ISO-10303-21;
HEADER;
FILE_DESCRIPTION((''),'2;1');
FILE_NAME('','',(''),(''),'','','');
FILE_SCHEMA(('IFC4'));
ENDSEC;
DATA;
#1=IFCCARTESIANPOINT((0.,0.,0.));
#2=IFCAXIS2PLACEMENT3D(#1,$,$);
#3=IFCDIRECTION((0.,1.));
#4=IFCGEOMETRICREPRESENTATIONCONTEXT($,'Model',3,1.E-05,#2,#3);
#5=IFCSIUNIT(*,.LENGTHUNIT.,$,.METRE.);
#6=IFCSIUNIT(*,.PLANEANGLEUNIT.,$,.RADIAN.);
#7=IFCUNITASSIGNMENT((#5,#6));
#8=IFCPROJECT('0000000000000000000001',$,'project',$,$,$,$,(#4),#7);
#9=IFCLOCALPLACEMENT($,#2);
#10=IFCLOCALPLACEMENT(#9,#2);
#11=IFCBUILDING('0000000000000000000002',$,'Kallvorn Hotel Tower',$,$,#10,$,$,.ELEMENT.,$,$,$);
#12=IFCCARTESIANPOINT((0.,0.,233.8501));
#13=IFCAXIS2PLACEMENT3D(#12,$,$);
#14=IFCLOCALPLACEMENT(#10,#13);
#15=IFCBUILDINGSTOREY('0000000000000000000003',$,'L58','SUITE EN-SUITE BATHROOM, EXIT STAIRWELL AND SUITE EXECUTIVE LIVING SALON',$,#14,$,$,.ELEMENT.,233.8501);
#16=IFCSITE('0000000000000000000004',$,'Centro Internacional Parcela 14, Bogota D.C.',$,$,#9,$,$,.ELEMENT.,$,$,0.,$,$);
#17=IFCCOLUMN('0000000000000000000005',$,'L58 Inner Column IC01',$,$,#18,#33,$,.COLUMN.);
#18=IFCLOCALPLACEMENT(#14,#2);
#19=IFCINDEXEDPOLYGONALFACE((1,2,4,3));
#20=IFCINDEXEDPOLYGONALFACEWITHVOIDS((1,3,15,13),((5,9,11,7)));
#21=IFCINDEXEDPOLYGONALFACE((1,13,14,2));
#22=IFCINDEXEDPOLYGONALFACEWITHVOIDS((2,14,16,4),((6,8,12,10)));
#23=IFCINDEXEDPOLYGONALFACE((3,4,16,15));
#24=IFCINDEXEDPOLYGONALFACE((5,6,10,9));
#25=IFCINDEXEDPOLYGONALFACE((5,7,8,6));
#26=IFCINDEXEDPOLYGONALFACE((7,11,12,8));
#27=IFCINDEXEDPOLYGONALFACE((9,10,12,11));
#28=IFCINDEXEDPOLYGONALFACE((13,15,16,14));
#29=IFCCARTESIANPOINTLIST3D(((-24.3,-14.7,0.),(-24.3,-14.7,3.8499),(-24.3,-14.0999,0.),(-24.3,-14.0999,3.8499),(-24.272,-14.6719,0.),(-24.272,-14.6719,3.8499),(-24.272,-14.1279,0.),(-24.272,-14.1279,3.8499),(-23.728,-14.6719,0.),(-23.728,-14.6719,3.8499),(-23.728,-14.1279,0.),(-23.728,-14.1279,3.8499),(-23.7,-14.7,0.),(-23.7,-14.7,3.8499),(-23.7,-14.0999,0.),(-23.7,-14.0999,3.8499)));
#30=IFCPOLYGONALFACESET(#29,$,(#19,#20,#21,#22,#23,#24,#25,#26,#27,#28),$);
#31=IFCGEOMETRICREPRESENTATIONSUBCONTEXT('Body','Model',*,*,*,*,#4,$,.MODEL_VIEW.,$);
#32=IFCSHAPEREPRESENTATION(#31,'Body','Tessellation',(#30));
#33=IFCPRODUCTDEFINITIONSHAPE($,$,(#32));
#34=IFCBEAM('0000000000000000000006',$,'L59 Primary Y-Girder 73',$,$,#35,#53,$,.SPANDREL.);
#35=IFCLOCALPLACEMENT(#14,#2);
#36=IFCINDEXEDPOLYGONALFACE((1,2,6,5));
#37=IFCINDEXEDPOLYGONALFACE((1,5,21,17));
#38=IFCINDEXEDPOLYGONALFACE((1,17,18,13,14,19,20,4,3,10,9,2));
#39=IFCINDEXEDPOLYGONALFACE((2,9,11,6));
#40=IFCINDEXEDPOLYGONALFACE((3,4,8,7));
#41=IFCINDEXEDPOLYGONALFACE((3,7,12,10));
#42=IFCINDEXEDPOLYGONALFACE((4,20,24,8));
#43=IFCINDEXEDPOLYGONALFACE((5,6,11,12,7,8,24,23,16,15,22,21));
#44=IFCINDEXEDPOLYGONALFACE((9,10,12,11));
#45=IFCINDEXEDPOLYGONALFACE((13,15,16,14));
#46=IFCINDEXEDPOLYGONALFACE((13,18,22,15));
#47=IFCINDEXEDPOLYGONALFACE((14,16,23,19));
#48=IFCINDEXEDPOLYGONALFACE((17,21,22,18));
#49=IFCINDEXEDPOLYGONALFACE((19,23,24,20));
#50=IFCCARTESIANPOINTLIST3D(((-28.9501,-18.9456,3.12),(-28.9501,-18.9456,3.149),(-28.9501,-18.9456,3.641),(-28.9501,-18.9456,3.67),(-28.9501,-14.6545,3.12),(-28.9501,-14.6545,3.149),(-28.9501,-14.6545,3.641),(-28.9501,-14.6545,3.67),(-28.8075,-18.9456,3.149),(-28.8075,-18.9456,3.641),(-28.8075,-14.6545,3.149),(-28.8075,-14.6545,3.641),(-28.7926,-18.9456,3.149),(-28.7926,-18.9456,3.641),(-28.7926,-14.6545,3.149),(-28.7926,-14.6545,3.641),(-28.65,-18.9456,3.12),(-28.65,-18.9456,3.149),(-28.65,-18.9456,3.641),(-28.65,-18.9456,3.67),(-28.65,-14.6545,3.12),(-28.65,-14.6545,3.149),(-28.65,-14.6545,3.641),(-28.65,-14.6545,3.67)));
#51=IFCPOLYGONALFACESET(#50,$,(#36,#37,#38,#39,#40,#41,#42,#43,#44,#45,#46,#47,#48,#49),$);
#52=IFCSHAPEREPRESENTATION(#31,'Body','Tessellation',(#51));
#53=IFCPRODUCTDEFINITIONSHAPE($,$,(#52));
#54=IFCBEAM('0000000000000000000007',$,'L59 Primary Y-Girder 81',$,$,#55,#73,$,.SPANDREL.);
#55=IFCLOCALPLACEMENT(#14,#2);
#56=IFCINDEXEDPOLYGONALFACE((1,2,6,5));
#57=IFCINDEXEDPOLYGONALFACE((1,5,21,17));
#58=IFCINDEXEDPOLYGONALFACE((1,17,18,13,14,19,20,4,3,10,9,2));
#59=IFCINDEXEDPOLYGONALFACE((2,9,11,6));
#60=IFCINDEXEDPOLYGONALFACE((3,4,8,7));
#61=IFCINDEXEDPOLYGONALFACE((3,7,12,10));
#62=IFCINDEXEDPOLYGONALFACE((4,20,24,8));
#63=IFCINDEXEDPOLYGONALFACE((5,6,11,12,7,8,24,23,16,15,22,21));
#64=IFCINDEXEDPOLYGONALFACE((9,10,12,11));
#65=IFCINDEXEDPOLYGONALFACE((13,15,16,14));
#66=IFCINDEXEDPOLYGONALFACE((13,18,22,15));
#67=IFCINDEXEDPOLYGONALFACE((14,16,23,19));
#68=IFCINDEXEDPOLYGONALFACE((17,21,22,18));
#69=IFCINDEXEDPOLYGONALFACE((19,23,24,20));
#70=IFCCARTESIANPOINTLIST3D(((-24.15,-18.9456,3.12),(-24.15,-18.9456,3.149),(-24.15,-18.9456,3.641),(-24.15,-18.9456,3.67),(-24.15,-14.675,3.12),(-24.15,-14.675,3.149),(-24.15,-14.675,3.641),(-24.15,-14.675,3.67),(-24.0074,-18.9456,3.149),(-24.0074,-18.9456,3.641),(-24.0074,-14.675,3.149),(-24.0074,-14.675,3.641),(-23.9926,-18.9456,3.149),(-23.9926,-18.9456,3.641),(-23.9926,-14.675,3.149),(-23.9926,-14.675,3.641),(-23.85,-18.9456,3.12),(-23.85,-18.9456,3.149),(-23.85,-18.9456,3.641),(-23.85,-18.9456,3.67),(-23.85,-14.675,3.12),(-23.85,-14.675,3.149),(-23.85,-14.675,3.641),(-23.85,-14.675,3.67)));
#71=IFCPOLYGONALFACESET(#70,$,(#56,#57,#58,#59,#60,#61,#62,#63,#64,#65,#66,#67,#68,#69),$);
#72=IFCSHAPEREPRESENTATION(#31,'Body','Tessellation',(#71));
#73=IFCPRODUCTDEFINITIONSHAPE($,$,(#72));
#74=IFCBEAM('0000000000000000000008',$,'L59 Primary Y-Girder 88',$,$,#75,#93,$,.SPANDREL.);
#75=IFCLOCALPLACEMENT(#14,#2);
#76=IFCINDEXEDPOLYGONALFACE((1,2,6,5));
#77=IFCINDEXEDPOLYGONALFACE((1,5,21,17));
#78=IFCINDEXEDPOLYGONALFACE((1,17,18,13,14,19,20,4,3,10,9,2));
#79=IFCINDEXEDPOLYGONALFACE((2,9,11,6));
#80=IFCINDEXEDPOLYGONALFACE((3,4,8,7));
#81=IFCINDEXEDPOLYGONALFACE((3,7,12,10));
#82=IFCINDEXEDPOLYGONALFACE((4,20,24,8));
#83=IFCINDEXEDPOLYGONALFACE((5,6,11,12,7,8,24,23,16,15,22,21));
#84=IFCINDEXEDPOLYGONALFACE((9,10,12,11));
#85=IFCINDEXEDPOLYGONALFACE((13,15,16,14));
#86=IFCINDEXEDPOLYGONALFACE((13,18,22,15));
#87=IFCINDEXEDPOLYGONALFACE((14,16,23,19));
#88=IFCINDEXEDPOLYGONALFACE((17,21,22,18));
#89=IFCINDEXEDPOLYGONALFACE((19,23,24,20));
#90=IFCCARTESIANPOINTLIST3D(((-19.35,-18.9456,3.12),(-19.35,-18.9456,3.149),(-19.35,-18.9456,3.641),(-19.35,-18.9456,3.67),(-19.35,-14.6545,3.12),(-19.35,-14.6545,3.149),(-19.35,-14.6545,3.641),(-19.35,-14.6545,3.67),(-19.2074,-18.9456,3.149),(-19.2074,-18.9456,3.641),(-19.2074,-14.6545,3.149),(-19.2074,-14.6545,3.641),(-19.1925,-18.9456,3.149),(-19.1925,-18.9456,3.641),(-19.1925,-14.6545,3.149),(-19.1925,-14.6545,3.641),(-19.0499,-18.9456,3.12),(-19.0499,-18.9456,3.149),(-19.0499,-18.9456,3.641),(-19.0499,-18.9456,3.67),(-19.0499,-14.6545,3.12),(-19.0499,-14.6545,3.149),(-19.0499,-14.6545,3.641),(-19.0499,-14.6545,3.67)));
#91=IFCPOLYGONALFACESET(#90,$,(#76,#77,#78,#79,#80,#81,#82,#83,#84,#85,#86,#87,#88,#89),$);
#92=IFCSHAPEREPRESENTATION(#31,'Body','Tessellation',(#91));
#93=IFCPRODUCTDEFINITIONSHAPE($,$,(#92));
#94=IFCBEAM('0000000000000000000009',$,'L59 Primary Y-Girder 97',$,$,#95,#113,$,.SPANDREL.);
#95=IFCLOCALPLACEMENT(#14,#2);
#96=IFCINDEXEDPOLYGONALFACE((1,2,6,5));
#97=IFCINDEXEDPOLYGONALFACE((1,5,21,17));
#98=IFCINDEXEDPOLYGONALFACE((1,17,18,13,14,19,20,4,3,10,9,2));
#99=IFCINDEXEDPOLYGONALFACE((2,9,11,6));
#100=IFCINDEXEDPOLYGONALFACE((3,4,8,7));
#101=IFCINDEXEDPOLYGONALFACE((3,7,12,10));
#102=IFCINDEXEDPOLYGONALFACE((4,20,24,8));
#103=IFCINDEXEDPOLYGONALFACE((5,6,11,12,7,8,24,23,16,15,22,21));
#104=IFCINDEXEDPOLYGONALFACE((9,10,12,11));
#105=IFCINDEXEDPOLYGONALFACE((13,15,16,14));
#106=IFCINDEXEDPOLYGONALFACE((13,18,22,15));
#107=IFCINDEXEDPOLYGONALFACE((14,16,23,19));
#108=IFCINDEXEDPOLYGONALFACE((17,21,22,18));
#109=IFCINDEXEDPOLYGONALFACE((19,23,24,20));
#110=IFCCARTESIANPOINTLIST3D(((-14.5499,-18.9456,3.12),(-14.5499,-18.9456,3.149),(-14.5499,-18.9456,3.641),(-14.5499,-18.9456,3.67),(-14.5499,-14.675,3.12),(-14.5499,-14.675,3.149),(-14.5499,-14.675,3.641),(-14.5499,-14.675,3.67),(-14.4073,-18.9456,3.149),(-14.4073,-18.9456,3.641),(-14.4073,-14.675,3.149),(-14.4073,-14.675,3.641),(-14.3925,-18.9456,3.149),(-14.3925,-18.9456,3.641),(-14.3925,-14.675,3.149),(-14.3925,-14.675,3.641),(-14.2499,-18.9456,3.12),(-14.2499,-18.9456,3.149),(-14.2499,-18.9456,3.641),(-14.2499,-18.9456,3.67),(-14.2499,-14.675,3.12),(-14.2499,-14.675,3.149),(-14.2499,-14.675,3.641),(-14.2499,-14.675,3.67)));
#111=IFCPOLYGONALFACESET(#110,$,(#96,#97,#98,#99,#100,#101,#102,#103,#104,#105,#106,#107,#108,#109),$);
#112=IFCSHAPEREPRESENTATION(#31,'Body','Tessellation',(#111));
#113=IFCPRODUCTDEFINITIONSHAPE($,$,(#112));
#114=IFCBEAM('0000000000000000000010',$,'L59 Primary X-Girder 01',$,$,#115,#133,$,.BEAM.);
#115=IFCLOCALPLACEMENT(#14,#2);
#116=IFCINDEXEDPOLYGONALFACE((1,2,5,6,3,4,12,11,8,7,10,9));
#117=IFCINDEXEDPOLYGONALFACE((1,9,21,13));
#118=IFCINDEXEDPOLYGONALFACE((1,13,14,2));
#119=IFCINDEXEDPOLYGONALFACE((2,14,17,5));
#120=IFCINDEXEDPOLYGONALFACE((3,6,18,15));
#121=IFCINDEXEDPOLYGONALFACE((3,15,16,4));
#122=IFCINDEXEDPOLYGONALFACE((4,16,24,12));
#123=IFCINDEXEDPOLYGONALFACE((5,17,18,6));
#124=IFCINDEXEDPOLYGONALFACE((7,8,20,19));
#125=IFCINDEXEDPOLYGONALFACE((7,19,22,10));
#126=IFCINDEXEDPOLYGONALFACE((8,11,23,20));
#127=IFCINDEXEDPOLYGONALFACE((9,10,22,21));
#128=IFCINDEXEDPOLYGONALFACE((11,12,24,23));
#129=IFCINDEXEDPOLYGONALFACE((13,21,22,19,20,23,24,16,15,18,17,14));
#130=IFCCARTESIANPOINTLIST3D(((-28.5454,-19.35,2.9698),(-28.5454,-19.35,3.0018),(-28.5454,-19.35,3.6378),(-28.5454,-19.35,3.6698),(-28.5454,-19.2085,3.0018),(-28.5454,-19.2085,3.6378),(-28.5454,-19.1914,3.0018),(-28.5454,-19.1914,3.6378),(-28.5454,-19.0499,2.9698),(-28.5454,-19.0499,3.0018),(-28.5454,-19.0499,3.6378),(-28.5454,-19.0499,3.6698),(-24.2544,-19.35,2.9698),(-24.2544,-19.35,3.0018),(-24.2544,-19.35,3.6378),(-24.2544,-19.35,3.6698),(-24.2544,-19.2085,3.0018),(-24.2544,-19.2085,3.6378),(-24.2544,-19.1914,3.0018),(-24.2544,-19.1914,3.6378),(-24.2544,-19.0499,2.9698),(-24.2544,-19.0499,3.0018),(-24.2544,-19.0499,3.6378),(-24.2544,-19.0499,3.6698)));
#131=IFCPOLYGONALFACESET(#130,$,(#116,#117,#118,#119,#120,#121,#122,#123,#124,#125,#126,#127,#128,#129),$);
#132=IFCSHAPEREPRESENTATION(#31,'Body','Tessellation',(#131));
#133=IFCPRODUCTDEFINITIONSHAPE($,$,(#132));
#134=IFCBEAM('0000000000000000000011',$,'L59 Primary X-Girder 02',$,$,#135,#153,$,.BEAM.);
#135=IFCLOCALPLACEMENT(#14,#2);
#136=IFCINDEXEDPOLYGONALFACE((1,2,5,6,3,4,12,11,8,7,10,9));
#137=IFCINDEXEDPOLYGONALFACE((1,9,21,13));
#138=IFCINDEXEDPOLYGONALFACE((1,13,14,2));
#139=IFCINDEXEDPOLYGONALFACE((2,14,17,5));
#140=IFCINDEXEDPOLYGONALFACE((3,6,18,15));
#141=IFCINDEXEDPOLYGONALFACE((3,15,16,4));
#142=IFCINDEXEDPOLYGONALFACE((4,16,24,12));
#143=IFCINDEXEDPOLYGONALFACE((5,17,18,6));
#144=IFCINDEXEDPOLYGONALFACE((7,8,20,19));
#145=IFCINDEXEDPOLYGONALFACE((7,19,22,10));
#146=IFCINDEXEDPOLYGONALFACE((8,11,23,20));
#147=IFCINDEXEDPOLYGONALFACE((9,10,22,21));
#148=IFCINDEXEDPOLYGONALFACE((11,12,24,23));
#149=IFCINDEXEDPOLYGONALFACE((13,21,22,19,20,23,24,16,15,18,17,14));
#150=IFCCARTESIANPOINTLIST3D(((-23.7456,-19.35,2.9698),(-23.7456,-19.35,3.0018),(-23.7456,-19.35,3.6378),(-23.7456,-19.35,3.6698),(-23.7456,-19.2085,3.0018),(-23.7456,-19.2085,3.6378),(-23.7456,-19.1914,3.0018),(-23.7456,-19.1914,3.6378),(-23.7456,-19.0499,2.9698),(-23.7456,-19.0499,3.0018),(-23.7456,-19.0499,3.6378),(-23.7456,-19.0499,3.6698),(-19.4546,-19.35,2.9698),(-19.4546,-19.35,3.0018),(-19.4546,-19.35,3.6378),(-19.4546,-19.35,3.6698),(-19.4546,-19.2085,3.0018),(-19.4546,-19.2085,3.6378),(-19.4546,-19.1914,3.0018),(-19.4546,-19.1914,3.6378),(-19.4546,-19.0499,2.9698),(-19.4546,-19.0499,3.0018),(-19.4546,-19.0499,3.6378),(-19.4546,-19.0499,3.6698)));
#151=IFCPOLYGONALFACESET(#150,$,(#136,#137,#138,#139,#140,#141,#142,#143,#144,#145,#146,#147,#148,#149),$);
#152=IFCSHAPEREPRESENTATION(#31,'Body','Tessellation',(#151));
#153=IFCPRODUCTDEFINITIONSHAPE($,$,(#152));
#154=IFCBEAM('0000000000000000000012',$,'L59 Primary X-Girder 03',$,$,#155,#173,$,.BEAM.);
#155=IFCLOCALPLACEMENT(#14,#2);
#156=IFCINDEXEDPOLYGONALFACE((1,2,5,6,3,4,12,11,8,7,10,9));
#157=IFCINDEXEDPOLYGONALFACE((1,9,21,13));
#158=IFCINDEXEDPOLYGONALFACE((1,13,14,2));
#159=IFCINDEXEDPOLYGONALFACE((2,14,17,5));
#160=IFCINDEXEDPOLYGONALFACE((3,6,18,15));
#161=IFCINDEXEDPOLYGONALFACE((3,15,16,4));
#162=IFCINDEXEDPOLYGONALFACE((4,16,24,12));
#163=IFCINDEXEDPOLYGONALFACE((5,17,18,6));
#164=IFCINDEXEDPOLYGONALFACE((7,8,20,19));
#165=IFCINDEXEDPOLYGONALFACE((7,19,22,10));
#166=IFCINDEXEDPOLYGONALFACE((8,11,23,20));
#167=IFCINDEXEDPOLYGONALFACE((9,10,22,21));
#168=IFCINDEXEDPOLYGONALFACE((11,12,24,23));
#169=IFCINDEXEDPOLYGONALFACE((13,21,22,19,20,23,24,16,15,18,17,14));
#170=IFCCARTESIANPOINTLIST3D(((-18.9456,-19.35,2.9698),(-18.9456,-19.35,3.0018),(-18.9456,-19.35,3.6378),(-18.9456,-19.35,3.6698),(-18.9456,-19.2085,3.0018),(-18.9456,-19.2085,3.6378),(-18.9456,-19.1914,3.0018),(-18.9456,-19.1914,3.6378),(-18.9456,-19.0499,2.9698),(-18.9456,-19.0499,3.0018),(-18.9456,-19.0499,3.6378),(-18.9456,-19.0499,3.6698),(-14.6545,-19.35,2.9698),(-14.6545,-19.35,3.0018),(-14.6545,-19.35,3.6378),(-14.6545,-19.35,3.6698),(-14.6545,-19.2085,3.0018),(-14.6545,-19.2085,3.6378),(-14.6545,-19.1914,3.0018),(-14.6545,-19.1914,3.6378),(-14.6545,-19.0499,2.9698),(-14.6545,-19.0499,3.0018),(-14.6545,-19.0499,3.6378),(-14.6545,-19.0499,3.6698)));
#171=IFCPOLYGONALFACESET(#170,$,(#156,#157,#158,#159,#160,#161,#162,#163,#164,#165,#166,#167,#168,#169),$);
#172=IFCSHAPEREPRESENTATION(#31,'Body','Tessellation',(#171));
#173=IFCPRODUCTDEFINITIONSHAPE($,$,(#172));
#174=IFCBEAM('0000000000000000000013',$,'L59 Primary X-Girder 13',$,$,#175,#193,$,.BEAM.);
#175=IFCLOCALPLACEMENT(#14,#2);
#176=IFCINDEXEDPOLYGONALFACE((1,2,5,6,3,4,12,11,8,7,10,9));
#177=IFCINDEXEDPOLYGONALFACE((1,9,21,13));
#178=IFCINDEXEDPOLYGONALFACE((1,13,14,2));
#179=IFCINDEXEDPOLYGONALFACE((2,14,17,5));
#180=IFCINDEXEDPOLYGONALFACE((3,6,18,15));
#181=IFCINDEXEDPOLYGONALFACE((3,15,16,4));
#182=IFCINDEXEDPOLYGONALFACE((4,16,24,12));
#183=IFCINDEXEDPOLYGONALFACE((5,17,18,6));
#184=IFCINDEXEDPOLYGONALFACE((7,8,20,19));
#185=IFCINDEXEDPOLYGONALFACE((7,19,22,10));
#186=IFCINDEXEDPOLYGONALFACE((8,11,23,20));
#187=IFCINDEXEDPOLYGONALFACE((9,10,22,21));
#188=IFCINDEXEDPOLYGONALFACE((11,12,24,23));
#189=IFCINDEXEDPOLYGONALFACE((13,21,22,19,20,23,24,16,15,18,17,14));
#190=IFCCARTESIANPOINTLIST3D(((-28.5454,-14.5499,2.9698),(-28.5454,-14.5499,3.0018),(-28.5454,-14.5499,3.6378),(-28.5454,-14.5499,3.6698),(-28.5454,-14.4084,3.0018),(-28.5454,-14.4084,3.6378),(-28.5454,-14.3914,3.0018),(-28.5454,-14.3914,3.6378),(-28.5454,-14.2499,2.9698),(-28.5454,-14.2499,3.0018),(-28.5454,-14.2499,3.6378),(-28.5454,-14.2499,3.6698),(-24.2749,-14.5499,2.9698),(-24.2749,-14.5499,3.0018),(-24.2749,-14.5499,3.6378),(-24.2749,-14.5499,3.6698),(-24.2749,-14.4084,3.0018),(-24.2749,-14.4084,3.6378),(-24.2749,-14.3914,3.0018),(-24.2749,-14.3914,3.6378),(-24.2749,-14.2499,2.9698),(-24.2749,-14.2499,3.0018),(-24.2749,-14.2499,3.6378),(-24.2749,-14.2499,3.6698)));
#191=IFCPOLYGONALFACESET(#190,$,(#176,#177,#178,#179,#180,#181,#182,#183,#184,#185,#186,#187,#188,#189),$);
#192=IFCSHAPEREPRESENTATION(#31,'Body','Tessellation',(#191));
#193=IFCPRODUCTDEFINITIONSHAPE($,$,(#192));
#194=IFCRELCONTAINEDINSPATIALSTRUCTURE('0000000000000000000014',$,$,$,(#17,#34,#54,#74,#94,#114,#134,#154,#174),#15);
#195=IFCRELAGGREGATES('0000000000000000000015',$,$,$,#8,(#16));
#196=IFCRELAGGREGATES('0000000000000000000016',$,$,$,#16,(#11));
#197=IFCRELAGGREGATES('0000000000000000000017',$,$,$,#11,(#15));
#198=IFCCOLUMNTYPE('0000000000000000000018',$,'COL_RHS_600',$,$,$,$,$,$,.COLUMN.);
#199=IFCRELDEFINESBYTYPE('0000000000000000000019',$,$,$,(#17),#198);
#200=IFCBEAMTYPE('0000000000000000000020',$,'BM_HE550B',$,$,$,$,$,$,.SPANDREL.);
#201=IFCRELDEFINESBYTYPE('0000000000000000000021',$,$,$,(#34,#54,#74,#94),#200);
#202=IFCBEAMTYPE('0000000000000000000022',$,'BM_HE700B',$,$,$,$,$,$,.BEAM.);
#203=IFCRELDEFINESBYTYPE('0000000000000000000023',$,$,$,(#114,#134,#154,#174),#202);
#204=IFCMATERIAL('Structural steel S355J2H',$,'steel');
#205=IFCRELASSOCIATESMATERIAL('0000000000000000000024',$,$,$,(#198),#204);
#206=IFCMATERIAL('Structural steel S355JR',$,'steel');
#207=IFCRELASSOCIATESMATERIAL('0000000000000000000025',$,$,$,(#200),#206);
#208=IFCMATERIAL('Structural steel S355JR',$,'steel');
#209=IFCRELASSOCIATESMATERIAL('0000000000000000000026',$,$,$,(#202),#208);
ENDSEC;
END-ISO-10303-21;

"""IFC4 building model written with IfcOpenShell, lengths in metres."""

from ifc_helpers import new_model, si_unit, direction, frame, origin, origin_2d, place, context, subcontext, project, spatial, hollow_rectangle, i_section, extrude, material, material_profile, profile_set, type_object, element, save


model = new_model("IFC4")

# Units and contexts
model_context = context("Model", 3, precision=1e-05, world=origin(), true_north=direction((0.0, 1.0)))
body_context = subcontext(model_context, "Body", "Model", "MODEL_VIEW")
ifc_project = project(units=[si_unit("LENGTHUNIT", "METRE"), si_unit("PLANEANGLEUNIT", "RADIAN")], contexts=[model_context])

# Site, building, storey
site_placement = place(None, origin())
site = spatial("IfcSite", under=ifc_project, at=site_placement, Name="Centro Internacional Parcela 14, Bogota D.C.", CompositionType="ELEMENT", RefElevation=0.0)
building_placement = place(site_placement, origin())
building = spatial("IfcBuilding", under=site, at=building_placement, Name="Kallvorn Hotel Tower", CompositionType="ELEMENT")
storey_placement = place(building_placement, frame((0.0, 0.0, 233.8501)))
storey = spatial("IfcBuildingStorey", under=building, at=storey_placement, Name="L58", Description="SUITE EN-SUITE BATHROOM, EXIT STAIRWELL AND SUITE EXECUTIVE LIVING SALON", CompositionType="ELEMENT", Elevation=233.8501)

# Column
ifc_material_1 = material(Name="Structural steel S355J2H", Category="steel")
ifc_material_profile_1 = material_profile(ifc_material_1, hollow_rectangle(XDim=0.6001, YDim=0.6001, WallThickness=0.0281, at=origin_2d()), Name="RHS 600x600x28")
ifc_profile_set_1 = profile_set([ifc_material_profile_1], Name="Structural steel S355J2H")
column_type_1 = type_object("IfcColumnType", Name="COL_RHS_600", PredefinedType="COLUMN", material=ifc_profile_set_1)
column_placement = place(storey_placement, frame((-24.0, -14.3999, 0.0), z_axis=(0.0, 0.0, 1.0), x_axis=(1.0, 0.0, 0.0)))
element("IfcColumn", 1, at=column_placement, inside=storey, type_object=column_type_1, Name="L58 Inner Column IC01", PredefinedType="COLUMN", context=body_context, shape_type="SweptSolid", body=[
    extrude(hollow_rectangle(XDim=0.6001, YDim=0.6001, WallThickness=0.0281, at=origin_2d()), origin(), (0.0, 0.0, 1.0), 3.8499),
])

# Beams
ifc_material_2 = material(Name="Structural steel S355JR", Category="steel")
ifc_material_profile_2 = material_profile(ifc_material_2, i_section(OverallWidth=0.3, OverallDepth=0.55, WebThickness=0.0149, FlangeThickness=0.0291, at=origin_2d()), Name="HE 550 B")
ifc_profile_set_2 = profile_set([ifc_material_profile_2], Name="Structural steel S355JR")
beam_type_1 = type_object("IfcBeamType", Name="BM_HE550B", PredefinedType="SPANDREL", material=ifc_profile_set_2)
beam_1_placement = place(storey_placement, frame((-28.8, -18.9456, 3.395), z_axis=(0.0, 1.0, 0.0), x_axis=(-1.0, 0.0, 0.0)))
element("IfcBeam", 2, at=beam_1_placement, inside=storey, type_object=beam_type_1, Name="L59 Primary Y-Girder 73", PredefinedType="SPANDREL", context=body_context, shape_type="SweptSolid", body=[
    extrude(i_section(OverallWidth=0.3, OverallDepth=0.55, WebThickness=0.0149, FlangeThickness=0.0291, at=origin_2d()), origin(), (0.0, 0.0, 1.0), 4.291),
])
beam_2_placement = place(storey_placement, frame((-24.0, -18.9456, 3.395), z_axis=(0.0, 1.0, 0.0), x_axis=(-1.0, 0.0, 0.0)))
element("IfcBeam", 3, at=beam_2_placement, inside=storey, type_object=beam_type_1, Name="L59 Primary Y-Girder 81", PredefinedType="SPANDREL", context=body_context, shape_type="SweptSolid", body=[
    extrude(i_section(OverallWidth=0.3, OverallDepth=0.55, WebThickness=0.0149, FlangeThickness=0.0291, at=origin_2d()), origin(), (0.0, 0.0, 1.0), 4.2705),
])
beam_3_placement = place(storey_placement, frame((-19.2, -18.9456, 3.395), z_axis=(0.0, 1.0, 0.0), x_axis=(-1.0, 0.0, 0.0)))
element("IfcBeam", 4, at=beam_3_placement, inside=storey, type_object=beam_type_1, Name="L59 Primary Y-Girder 88", PredefinedType="SPANDREL", context=body_context, shape_type="SweptSolid", body=[
    extrude(i_section(OverallWidth=0.3, OverallDepth=0.55, WebThickness=0.0149, FlangeThickness=0.0291, at=origin_2d()), origin(), (0.0, 0.0, 1.0), 4.291),
])
beam_4_placement = place(storey_placement, frame((-14.3999, -18.9456, 3.395), z_axis=(0.0, 1.0, 0.0), x_axis=(-1.0, 0.0, 0.0)))
element("IfcBeam", 5, at=beam_4_placement, inside=storey, type_object=beam_type_1, Name="L59 Primary Y-Girder 97", PredefinedType="SPANDREL", context=body_context, shape_type="SweptSolid", body=[
    extrude(i_section(OverallWidth=0.3, OverallDepth=0.55, WebThickness=0.0149, FlangeThickness=0.0291, at=origin_2d()), origin(), (0.0, 0.0, 1.0), 4.2705),
])
ifc_material_3 = material(Name="Structural steel S355JR", Category="steel")
ifc_material_profile_3 = material_profile(ifc_material_3, i_section(OverallWidth=0.3, OverallDepth=0.7, WebThickness=0.0171, FlangeThickness=0.032, at=origin_2d()), Name="HE 700 B")
ifc_profile_set_3 = profile_set([ifc_material_profile_3], Name="Structural steel S355JR")
beam_type_2 = type_object("IfcBeamType", Name="BM_HE700B", PredefinedType="BEAM", material=ifc_profile_set_3)
for number, where, z_axis, x_axis, name in (
    (6, (-28.5454, -19.2, 3.3198), (1.0, 0.0, 0.0), (0.0, 1.0, 0.0), "L59 Primary X-Girder 01"),
    (7, (-23.7456, -19.2, 3.3198), (1.0, 0.0, 0.0), (0.0, 1.0, 0.0), "L59 Primary X-Girder 02"),
    (8, (-18.9456, -19.2, 3.3198), (1.0, 0.0, 0.0), (0.0, 1.0, 0.0), "L59 Primary X-Girder 03"),
):
    element("IfcBeam", number, at=place(storey_placement, frame(where, z_axis=z_axis, x_axis=x_axis)), inside=storey, type_object=beam_type_2, Name=name, PredefinedType="BEAM", context=body_context, shape_type="SweptSolid", body=[
        extrude(i_section(OverallWidth=0.3, OverallDepth=0.7, WebThickness=0.0171, FlangeThickness=0.032, at=origin_2d()), origin(), (0.0, 0.0, 1.0), 4.291),
    ])
for number, where, z_axis, x_axis, name in (
    (9, (-28.5454, -14.3999, 3.3198), (1.0, 0.0, 0.0), (0.0, 1.0, 0.0), "L59 Primary X-Girder 13"),
):
    element("IfcBeam", number, at=place(storey_placement, frame(where, z_axis=z_axis, x_axis=x_axis)), inside=storey, type_object=beam_type_2, Name=name, PredefinedType="BEAM", context=body_context, shape_type="SweptSolid", body=[
        extrude(i_section(OverallWidth=0.3, OverallDepth=0.7, WebThickness=0.0171, FlangeThickness=0.032, at=origin_2d()), origin(), (0.0, 0.0, 1.0), 4.2705),
    ])

save(model, "model.ifc")
